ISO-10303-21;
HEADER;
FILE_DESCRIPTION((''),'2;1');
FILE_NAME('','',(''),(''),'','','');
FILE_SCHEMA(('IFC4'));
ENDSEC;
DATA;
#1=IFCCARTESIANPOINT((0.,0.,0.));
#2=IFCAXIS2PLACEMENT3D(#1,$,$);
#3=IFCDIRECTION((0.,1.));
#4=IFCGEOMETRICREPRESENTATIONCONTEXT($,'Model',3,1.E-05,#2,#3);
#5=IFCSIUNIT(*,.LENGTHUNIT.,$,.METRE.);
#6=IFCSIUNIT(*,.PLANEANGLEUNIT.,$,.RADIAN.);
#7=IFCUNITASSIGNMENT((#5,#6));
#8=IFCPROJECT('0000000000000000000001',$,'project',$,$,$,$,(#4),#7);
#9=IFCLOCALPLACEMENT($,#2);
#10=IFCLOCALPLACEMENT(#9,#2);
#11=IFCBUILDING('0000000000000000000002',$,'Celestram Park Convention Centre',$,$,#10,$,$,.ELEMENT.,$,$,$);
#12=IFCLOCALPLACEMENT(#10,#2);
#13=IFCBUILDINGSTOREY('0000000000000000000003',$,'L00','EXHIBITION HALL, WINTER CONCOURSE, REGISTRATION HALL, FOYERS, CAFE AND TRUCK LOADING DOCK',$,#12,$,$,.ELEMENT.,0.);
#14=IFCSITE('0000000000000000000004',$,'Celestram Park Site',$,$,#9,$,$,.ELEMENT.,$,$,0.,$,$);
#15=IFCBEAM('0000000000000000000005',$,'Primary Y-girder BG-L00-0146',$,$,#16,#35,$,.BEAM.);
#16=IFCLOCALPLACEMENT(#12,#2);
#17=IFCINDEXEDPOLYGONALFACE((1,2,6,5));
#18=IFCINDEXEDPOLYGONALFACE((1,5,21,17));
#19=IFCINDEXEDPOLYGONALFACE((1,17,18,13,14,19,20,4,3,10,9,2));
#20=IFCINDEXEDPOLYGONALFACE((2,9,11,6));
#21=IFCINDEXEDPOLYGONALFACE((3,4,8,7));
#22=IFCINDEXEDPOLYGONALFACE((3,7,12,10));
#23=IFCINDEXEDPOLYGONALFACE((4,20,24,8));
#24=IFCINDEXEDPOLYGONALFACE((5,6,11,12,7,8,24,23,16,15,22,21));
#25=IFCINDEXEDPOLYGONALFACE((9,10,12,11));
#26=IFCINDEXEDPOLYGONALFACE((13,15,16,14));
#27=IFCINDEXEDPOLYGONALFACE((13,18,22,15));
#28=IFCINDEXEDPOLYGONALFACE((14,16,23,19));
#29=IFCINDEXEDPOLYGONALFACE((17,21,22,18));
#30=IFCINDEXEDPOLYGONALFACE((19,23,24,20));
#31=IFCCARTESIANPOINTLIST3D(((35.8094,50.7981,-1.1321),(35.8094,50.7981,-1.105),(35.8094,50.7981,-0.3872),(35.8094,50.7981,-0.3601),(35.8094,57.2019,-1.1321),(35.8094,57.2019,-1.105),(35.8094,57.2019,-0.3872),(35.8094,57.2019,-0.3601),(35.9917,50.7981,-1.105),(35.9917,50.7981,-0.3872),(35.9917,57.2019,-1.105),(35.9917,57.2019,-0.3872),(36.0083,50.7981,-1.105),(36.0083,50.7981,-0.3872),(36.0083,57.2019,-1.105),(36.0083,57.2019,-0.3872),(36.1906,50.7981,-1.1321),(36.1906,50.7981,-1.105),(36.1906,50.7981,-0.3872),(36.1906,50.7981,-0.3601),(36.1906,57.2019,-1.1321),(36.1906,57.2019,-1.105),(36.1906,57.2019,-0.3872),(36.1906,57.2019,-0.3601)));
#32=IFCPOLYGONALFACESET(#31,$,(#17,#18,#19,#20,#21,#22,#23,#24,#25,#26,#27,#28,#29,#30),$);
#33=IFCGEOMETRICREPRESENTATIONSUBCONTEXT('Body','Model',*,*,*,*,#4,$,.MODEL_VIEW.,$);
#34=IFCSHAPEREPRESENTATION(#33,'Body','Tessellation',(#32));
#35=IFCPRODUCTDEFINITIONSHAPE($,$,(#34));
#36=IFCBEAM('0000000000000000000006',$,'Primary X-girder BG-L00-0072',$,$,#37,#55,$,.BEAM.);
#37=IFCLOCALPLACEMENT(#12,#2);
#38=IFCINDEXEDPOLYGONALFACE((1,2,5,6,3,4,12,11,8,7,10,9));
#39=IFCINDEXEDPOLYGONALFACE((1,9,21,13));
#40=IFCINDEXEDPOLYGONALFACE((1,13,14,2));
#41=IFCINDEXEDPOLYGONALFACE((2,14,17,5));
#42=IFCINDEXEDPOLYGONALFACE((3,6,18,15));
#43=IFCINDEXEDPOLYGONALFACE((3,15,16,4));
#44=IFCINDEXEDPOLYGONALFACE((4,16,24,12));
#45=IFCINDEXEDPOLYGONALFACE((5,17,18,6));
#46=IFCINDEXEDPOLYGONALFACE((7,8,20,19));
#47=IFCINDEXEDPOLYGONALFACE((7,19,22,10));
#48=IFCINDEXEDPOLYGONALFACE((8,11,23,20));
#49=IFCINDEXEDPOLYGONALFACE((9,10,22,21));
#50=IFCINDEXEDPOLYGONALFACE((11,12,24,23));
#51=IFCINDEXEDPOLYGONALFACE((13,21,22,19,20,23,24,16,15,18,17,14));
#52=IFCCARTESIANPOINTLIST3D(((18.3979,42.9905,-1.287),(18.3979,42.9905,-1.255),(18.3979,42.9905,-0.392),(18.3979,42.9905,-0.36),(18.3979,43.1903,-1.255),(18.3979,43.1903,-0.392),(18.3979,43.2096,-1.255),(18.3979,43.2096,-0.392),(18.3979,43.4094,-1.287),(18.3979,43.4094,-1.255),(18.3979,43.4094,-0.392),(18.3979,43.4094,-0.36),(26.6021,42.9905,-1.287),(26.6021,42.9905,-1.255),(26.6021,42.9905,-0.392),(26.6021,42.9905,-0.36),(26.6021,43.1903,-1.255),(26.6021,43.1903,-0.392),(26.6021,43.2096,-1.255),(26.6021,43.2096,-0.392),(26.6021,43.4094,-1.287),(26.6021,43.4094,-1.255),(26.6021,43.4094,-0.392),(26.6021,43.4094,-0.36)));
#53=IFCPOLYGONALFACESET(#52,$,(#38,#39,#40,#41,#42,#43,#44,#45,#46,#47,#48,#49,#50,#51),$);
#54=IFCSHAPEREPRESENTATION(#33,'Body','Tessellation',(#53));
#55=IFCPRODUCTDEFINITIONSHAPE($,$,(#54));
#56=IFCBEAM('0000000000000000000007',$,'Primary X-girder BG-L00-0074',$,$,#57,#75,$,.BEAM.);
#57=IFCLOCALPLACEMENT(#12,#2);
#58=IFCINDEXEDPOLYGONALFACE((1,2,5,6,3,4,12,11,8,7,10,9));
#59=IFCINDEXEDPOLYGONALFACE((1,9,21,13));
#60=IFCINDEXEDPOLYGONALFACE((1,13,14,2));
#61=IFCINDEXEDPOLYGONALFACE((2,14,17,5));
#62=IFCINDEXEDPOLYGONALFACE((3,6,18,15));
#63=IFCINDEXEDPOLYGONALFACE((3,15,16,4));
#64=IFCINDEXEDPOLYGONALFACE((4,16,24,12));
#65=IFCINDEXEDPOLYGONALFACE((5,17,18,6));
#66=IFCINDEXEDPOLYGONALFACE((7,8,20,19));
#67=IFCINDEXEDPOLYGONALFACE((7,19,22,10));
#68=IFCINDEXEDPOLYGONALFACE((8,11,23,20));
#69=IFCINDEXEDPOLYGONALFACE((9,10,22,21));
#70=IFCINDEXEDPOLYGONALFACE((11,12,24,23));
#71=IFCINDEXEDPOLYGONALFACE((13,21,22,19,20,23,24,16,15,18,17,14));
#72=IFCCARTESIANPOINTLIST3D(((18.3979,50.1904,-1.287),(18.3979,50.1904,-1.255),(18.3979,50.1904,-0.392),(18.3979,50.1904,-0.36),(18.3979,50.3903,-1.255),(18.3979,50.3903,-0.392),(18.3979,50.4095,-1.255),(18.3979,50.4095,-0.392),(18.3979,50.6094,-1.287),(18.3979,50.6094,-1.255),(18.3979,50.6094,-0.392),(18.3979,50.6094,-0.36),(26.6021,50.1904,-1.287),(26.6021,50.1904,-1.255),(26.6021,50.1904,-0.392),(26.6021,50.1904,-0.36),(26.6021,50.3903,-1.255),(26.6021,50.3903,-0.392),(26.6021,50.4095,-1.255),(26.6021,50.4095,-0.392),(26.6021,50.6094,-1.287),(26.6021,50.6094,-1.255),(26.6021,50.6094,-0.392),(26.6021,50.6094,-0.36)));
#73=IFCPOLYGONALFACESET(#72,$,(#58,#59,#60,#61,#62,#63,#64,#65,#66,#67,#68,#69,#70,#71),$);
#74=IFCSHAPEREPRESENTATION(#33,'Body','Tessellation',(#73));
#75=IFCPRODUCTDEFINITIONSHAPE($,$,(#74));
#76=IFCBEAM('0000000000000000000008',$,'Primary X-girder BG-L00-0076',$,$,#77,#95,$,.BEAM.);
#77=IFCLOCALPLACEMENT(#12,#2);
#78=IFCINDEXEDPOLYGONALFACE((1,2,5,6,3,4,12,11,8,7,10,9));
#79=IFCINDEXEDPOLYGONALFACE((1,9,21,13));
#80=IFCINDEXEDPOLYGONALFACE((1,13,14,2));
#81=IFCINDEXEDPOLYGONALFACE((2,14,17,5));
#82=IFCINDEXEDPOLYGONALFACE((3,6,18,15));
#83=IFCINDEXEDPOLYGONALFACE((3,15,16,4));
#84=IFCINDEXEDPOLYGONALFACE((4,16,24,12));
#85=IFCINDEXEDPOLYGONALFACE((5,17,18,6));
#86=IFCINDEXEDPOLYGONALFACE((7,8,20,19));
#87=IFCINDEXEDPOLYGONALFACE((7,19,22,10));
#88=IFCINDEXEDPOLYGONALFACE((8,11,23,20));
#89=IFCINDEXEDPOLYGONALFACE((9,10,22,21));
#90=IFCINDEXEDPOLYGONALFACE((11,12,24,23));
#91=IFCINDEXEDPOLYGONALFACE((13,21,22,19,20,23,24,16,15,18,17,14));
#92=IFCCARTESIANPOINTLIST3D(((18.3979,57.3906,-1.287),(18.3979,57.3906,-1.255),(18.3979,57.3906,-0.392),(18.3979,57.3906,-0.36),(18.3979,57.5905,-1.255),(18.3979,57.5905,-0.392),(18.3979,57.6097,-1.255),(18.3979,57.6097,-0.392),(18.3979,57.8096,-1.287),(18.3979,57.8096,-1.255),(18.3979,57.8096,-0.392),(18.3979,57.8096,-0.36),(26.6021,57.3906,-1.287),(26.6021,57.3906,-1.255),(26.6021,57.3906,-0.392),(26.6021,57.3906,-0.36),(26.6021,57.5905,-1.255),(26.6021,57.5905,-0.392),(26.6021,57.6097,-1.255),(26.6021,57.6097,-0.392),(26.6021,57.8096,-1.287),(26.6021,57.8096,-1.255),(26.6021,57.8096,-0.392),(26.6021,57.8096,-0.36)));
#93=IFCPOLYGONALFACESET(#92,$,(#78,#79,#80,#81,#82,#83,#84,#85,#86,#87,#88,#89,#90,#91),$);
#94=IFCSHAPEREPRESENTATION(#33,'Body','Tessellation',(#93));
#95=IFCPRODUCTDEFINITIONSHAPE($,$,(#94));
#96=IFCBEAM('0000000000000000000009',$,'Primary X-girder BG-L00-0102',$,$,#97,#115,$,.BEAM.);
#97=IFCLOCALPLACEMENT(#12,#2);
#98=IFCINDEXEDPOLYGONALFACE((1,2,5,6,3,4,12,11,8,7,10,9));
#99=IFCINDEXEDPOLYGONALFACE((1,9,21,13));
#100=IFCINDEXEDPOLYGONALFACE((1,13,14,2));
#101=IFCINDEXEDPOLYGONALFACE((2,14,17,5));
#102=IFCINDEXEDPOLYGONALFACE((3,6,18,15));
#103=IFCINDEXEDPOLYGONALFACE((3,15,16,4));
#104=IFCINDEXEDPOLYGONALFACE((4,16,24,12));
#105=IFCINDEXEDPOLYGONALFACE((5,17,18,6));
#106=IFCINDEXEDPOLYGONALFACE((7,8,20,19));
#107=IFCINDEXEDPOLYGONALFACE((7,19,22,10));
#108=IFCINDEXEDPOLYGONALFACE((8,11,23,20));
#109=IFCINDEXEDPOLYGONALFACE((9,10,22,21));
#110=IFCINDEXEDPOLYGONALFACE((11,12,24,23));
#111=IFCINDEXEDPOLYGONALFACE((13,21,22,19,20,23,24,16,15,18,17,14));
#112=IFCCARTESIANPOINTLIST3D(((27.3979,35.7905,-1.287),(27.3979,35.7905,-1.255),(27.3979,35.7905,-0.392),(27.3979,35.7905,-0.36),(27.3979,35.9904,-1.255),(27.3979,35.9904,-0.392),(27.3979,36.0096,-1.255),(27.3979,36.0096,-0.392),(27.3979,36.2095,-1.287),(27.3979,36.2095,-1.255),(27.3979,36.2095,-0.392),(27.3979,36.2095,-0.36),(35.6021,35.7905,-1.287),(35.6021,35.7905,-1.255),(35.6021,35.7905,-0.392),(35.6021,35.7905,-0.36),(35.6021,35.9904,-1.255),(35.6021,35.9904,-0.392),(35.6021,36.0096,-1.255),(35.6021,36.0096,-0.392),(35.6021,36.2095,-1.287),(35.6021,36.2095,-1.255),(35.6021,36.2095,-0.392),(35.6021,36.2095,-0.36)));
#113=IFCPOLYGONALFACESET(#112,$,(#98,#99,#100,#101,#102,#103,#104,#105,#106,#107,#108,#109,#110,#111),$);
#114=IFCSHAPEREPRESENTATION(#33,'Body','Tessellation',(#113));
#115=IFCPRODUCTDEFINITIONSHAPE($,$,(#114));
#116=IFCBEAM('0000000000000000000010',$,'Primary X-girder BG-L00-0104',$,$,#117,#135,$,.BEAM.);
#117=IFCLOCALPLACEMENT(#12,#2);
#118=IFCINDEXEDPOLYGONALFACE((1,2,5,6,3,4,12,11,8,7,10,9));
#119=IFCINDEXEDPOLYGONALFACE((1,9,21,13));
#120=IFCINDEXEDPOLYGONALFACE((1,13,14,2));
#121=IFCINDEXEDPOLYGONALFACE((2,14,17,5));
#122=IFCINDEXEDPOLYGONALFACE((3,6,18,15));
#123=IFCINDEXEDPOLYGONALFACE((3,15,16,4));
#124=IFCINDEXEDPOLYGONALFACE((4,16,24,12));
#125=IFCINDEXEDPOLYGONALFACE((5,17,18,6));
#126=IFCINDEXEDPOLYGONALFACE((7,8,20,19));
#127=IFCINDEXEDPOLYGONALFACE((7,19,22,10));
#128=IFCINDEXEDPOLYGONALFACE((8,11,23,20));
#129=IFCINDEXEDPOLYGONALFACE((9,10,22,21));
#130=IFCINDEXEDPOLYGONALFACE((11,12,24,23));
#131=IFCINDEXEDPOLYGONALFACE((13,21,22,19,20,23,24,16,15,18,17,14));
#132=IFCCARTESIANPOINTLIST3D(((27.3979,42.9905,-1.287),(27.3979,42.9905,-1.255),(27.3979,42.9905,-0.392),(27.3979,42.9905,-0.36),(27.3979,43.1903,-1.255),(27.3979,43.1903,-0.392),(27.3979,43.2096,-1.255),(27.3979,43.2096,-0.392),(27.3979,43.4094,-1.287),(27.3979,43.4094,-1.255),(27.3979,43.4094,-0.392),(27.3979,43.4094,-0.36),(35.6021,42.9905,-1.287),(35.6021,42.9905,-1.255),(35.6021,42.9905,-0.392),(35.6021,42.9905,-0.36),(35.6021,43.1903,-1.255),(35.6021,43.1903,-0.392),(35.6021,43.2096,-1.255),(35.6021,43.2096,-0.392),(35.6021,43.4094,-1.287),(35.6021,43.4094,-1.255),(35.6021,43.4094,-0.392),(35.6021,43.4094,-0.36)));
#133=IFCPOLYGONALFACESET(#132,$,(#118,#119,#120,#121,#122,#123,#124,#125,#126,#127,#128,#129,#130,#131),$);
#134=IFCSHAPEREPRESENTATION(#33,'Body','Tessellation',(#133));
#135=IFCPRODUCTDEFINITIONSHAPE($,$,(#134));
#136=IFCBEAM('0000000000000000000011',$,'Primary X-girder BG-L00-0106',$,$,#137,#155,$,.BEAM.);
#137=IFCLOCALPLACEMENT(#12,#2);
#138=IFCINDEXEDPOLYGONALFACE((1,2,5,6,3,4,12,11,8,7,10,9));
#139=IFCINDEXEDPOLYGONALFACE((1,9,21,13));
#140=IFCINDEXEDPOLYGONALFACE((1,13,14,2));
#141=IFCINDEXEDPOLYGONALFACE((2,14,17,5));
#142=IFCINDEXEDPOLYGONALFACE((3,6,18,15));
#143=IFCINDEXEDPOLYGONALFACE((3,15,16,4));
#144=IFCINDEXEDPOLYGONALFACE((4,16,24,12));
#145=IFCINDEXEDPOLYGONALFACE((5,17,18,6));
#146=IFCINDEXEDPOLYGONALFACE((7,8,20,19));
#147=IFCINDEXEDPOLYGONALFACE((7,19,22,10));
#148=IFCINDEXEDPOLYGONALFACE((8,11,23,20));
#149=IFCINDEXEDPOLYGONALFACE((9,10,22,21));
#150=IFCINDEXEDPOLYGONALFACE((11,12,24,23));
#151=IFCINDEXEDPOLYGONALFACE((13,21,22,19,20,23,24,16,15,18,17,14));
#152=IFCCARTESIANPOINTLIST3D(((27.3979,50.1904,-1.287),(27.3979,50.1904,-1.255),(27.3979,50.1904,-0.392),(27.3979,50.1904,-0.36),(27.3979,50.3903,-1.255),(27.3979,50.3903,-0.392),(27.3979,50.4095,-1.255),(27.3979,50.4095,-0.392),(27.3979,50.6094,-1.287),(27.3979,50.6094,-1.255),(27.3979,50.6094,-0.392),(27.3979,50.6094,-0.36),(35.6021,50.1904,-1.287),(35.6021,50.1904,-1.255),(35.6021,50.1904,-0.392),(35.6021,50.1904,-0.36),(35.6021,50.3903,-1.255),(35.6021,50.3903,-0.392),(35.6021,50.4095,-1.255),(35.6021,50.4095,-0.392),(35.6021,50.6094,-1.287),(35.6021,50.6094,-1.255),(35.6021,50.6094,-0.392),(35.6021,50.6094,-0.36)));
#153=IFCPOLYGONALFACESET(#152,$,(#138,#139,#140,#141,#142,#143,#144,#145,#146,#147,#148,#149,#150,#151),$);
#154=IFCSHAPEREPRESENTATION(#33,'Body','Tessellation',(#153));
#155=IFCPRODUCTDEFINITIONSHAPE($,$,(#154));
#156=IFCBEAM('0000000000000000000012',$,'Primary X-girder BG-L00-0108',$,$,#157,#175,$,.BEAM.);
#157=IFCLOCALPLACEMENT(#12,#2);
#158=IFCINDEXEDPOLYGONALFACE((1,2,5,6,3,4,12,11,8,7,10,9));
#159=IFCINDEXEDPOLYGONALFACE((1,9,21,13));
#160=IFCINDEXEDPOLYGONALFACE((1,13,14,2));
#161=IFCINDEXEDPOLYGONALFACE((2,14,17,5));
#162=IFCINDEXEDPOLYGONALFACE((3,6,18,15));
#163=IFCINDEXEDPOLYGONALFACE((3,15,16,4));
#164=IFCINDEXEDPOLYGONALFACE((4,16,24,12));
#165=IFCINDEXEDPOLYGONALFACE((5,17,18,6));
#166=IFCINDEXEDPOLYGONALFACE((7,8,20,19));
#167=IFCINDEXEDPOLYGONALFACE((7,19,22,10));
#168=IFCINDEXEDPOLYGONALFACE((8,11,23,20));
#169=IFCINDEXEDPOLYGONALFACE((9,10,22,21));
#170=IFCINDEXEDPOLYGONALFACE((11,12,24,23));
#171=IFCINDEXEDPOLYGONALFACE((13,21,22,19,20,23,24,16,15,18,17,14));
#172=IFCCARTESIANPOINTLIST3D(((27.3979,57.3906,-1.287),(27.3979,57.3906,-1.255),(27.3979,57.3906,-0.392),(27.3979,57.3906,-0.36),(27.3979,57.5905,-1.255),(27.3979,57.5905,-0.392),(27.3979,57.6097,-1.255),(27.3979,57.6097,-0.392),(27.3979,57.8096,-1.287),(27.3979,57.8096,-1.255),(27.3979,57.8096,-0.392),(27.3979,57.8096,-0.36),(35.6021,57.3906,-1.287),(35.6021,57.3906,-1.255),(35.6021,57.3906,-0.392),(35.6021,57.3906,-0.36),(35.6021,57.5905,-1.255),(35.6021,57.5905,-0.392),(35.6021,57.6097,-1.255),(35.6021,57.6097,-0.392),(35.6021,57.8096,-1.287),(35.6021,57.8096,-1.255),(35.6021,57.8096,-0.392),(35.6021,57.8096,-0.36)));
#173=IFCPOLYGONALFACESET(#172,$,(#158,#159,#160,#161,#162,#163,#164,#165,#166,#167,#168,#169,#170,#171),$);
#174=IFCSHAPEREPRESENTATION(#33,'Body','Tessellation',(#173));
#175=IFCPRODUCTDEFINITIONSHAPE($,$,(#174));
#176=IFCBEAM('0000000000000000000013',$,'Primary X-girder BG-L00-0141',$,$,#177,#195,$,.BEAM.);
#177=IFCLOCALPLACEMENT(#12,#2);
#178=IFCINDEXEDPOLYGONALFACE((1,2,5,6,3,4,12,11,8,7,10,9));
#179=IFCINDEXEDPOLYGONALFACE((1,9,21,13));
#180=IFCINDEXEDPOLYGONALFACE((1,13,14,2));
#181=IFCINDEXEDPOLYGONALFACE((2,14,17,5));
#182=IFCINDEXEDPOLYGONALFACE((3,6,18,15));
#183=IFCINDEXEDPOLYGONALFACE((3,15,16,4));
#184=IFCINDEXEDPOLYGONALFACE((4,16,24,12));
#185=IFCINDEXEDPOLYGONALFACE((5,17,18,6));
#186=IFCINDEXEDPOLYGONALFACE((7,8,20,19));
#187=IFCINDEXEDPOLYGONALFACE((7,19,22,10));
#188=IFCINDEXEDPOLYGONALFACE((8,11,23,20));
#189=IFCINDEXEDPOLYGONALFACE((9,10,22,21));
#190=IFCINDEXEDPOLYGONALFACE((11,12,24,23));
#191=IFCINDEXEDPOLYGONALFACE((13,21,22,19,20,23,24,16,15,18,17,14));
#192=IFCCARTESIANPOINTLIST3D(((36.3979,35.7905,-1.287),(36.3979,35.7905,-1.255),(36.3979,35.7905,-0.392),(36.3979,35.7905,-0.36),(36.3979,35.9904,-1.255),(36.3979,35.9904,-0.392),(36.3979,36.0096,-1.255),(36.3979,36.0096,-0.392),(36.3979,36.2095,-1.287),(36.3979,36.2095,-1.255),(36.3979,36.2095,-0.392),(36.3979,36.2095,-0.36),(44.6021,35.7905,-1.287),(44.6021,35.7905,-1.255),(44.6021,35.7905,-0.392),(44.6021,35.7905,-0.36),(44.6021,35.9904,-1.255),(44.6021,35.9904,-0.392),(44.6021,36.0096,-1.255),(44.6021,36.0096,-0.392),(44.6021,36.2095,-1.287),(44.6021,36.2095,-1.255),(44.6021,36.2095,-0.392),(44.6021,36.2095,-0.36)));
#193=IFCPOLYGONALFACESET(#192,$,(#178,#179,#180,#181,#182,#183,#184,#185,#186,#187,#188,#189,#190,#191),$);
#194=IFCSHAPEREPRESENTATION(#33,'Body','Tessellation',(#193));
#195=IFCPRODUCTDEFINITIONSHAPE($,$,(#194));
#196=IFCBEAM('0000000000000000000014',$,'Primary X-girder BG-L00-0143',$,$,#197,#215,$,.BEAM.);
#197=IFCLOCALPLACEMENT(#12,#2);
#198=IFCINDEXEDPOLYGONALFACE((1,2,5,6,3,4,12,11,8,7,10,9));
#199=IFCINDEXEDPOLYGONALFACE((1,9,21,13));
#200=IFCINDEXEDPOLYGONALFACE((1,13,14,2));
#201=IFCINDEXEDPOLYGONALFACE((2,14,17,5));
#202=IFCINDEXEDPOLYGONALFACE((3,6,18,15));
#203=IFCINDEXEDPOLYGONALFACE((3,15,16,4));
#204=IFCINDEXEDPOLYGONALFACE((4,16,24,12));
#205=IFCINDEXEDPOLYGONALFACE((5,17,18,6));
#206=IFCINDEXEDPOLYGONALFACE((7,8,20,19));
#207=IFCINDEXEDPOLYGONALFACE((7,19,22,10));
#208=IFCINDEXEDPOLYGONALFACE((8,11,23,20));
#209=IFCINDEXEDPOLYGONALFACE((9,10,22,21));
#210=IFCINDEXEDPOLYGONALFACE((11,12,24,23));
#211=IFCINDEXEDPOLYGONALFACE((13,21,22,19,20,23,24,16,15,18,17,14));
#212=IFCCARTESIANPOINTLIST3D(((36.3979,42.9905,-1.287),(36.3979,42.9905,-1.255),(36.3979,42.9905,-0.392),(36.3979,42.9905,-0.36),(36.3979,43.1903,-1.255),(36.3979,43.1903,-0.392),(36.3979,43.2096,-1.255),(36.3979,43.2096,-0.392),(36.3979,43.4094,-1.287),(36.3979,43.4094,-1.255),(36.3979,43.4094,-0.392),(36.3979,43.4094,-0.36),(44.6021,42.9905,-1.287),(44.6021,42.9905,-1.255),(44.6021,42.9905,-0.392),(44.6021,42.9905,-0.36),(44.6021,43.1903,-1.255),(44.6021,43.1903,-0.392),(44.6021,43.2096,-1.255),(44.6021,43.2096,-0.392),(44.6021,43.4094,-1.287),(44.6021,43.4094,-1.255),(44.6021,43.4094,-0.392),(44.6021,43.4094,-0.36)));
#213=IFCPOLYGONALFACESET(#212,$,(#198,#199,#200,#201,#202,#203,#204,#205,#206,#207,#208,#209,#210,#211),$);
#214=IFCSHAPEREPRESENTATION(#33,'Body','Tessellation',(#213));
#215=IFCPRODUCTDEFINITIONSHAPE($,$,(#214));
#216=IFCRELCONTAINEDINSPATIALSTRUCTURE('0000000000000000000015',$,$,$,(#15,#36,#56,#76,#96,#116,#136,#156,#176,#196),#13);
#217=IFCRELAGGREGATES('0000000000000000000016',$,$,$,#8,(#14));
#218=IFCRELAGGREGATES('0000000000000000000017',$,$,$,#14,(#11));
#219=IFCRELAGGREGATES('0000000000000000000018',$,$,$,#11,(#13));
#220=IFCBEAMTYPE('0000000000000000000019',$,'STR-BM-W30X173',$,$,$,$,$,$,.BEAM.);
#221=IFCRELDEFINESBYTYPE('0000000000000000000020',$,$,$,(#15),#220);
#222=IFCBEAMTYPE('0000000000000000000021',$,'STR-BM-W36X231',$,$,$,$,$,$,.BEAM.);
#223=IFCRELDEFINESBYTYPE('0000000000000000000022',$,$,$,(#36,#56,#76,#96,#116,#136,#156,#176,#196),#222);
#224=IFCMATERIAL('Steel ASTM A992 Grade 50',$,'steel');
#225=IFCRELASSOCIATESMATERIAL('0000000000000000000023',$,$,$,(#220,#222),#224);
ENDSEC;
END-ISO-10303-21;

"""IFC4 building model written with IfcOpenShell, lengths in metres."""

from ifc_helpers import new_model, si_unit, direction, frame, origin, origin_2d, place, context, subcontext, project, spatial, i_section, extrude, material, material_profile, profile_set, type_object, element, save


model = new_model("IFC4")

# Units and contexts
model_context = context("Model", 3, precision=1e-05, world=origin(), true_north=direction((0.0, 1.0)))
body_context = subcontext(model_context, "Body", "Model", "MODEL_VIEW")
ifc_project = project(units=[si_unit("LENGTHUNIT", "METRE"), si_unit("PLANEANGLEUNIT", "RADIAN")], contexts=[model_context])

# Site, building, storey
site_placement = place(None, origin())
site = spatial("IfcSite", under=ifc_project, at=site_placement, Name="Celestram Park Site", CompositionType="ELEMENT", RefElevation=0.0)
building_placement = place(site_placement, origin())
building = spatial("IfcBuilding", under=site, at=building_placement, Name="Celestram Park Convention Centre", CompositionType="ELEMENT")
storey_placement = place(building_placement, origin())
storey = spatial("IfcBuildingStorey", under=building, at=storey_placement, Name="L00", Description="EXHIBITION HALL, WINTER CONCOURSE, REGISTRATION HALL, FOYERS, CAFE AND TRUCK LOADING DOCK", CompositionType="ELEMENT", Elevation=0.0)

# Beams
ifc_material = material(Name="Steel ASTM A992 Grade 50", Category="steel")
ifc_material_profile_1 = material_profile(ifc_material, i_section(OverallWidth=0.3811, OverallDepth=0.772, WebThickness=0.0166, FlangeThickness=0.0271, at=origin_2d()), Name="W30X173")
ifc_profile_set_1 = profile_set([ifc_material_profile_1], Name="Steel ASTM A992 Grade 50")
beam_type_1 = type_object("IfcBeamType", Name="STR-BM-W30X173", PredefinedType="BEAM", material=ifc_profile_set_1)
beam_1_placement = place(storey_placement, frame((36.0, 50.7981, -0.7461), z_axis=(0.0, 1.0, 0.0), x_axis=(-1.0, 0.0, 0.0)))
element("IfcBeam", 1, at=beam_1_placement, inside=storey, type_object=beam_type_1, Name="Primary Y-girder BG-L00-0146", PredefinedType="BEAM", context=body_context, shape_type="SweptSolid", body=[
    extrude(i_section(OverallWidth=0.3811, OverallDepth=0.772, WebThickness=0.0166, FlangeThickness=0.0271, at=origin_2d()), origin(), (0.0, 0.0, 1.0), 6.4038),
])
ifc_material_profile_2 = material_profile(ifc_material, i_section(OverallWidth=0.4189, OverallDepth=0.927, WebThickness=0.0193, FlangeThickness=0.032, at=origin_2d()), Name="W36X231")
ifc_profile_set_2 = profile_set([ifc_material_profile_2], Name="Steel ASTM A992 Grade 50")
beam_type_2 = type_object("IfcBeamType", Name="STR-BM-W36X231", PredefinedType="BEAM", material=ifc_profile_set_2)
for number, where, z_axis, x_axis, name in (
    (2, (18.3979, 43.2, -0.8235), (1.0, 0.0, 0.0), (0.0, 1.0, 0.0), "Primary X-girder BG-L00-0072"),
    (3, (18.3979, 50.3999, -0.8235), (1.0, 0.0, 0.0), (0.0, 1.0, 0.0), "Primary X-girder BG-L00-0074"),
    (4, (18.3979, 57.6001, -0.8235), (1.0, 0.0, 0.0), (0.0, 1.0, 0.0), "Primary X-girder BG-L00-0076"),
    (5, (27.3979, 36.0, -0.8235), (1.0, 0.0, 0.0), (0.0, 1.0, 0.0), "Primary X-girder BG-L00-0102"),
    (6, (27.3979, 43.2, -0.8235), (1.0, 0.0, 0.0), (0.0, 1.0, 0.0), "Primary X-girder BG-L00-0104"),
    (7, (27.3979, 50.3999, -0.8235), (1.0, 0.0, 0.0), (0.0, 1.0, 0.0), "Primary X-girder BG-L00-0106"),
    (8, (27.3979, 57.6001, -0.8235), (1.0, 0.0, 0.0), (0.0, 1.0, 0.0), "Primary X-girder BG-L00-0108"),
    (9, (36.3979, 36.0, -0.8235), (1.0, 0.0, 0.0), (0.0, 1.0, 0.0), "Primary X-girder BG-L00-0141"),
    (10, (36.3979, 43.2, -0.8235), (1.0, 0.0, 0.0), (0.0, 1.0, 0.0), "Primary X-girder BG-L00-0143"),
):
    element("IfcBeam", number, at=place(storey_placement, frame(where, z_axis=z_axis, x_axis=x_axis)), inside=storey, type_object=beam_type_2, Name=name, PredefinedType="BEAM", context=body_context, shape_type="SweptSolid", body=[
        extrude(i_section(OverallWidth=0.4189, OverallDepth=0.927, WebThickness=0.0193, FlangeThickness=0.032, at=origin_2d()), origin(), (0.0, 0.0, 1.0), 8.2041),
    ])

save(model, "model.ifc")
